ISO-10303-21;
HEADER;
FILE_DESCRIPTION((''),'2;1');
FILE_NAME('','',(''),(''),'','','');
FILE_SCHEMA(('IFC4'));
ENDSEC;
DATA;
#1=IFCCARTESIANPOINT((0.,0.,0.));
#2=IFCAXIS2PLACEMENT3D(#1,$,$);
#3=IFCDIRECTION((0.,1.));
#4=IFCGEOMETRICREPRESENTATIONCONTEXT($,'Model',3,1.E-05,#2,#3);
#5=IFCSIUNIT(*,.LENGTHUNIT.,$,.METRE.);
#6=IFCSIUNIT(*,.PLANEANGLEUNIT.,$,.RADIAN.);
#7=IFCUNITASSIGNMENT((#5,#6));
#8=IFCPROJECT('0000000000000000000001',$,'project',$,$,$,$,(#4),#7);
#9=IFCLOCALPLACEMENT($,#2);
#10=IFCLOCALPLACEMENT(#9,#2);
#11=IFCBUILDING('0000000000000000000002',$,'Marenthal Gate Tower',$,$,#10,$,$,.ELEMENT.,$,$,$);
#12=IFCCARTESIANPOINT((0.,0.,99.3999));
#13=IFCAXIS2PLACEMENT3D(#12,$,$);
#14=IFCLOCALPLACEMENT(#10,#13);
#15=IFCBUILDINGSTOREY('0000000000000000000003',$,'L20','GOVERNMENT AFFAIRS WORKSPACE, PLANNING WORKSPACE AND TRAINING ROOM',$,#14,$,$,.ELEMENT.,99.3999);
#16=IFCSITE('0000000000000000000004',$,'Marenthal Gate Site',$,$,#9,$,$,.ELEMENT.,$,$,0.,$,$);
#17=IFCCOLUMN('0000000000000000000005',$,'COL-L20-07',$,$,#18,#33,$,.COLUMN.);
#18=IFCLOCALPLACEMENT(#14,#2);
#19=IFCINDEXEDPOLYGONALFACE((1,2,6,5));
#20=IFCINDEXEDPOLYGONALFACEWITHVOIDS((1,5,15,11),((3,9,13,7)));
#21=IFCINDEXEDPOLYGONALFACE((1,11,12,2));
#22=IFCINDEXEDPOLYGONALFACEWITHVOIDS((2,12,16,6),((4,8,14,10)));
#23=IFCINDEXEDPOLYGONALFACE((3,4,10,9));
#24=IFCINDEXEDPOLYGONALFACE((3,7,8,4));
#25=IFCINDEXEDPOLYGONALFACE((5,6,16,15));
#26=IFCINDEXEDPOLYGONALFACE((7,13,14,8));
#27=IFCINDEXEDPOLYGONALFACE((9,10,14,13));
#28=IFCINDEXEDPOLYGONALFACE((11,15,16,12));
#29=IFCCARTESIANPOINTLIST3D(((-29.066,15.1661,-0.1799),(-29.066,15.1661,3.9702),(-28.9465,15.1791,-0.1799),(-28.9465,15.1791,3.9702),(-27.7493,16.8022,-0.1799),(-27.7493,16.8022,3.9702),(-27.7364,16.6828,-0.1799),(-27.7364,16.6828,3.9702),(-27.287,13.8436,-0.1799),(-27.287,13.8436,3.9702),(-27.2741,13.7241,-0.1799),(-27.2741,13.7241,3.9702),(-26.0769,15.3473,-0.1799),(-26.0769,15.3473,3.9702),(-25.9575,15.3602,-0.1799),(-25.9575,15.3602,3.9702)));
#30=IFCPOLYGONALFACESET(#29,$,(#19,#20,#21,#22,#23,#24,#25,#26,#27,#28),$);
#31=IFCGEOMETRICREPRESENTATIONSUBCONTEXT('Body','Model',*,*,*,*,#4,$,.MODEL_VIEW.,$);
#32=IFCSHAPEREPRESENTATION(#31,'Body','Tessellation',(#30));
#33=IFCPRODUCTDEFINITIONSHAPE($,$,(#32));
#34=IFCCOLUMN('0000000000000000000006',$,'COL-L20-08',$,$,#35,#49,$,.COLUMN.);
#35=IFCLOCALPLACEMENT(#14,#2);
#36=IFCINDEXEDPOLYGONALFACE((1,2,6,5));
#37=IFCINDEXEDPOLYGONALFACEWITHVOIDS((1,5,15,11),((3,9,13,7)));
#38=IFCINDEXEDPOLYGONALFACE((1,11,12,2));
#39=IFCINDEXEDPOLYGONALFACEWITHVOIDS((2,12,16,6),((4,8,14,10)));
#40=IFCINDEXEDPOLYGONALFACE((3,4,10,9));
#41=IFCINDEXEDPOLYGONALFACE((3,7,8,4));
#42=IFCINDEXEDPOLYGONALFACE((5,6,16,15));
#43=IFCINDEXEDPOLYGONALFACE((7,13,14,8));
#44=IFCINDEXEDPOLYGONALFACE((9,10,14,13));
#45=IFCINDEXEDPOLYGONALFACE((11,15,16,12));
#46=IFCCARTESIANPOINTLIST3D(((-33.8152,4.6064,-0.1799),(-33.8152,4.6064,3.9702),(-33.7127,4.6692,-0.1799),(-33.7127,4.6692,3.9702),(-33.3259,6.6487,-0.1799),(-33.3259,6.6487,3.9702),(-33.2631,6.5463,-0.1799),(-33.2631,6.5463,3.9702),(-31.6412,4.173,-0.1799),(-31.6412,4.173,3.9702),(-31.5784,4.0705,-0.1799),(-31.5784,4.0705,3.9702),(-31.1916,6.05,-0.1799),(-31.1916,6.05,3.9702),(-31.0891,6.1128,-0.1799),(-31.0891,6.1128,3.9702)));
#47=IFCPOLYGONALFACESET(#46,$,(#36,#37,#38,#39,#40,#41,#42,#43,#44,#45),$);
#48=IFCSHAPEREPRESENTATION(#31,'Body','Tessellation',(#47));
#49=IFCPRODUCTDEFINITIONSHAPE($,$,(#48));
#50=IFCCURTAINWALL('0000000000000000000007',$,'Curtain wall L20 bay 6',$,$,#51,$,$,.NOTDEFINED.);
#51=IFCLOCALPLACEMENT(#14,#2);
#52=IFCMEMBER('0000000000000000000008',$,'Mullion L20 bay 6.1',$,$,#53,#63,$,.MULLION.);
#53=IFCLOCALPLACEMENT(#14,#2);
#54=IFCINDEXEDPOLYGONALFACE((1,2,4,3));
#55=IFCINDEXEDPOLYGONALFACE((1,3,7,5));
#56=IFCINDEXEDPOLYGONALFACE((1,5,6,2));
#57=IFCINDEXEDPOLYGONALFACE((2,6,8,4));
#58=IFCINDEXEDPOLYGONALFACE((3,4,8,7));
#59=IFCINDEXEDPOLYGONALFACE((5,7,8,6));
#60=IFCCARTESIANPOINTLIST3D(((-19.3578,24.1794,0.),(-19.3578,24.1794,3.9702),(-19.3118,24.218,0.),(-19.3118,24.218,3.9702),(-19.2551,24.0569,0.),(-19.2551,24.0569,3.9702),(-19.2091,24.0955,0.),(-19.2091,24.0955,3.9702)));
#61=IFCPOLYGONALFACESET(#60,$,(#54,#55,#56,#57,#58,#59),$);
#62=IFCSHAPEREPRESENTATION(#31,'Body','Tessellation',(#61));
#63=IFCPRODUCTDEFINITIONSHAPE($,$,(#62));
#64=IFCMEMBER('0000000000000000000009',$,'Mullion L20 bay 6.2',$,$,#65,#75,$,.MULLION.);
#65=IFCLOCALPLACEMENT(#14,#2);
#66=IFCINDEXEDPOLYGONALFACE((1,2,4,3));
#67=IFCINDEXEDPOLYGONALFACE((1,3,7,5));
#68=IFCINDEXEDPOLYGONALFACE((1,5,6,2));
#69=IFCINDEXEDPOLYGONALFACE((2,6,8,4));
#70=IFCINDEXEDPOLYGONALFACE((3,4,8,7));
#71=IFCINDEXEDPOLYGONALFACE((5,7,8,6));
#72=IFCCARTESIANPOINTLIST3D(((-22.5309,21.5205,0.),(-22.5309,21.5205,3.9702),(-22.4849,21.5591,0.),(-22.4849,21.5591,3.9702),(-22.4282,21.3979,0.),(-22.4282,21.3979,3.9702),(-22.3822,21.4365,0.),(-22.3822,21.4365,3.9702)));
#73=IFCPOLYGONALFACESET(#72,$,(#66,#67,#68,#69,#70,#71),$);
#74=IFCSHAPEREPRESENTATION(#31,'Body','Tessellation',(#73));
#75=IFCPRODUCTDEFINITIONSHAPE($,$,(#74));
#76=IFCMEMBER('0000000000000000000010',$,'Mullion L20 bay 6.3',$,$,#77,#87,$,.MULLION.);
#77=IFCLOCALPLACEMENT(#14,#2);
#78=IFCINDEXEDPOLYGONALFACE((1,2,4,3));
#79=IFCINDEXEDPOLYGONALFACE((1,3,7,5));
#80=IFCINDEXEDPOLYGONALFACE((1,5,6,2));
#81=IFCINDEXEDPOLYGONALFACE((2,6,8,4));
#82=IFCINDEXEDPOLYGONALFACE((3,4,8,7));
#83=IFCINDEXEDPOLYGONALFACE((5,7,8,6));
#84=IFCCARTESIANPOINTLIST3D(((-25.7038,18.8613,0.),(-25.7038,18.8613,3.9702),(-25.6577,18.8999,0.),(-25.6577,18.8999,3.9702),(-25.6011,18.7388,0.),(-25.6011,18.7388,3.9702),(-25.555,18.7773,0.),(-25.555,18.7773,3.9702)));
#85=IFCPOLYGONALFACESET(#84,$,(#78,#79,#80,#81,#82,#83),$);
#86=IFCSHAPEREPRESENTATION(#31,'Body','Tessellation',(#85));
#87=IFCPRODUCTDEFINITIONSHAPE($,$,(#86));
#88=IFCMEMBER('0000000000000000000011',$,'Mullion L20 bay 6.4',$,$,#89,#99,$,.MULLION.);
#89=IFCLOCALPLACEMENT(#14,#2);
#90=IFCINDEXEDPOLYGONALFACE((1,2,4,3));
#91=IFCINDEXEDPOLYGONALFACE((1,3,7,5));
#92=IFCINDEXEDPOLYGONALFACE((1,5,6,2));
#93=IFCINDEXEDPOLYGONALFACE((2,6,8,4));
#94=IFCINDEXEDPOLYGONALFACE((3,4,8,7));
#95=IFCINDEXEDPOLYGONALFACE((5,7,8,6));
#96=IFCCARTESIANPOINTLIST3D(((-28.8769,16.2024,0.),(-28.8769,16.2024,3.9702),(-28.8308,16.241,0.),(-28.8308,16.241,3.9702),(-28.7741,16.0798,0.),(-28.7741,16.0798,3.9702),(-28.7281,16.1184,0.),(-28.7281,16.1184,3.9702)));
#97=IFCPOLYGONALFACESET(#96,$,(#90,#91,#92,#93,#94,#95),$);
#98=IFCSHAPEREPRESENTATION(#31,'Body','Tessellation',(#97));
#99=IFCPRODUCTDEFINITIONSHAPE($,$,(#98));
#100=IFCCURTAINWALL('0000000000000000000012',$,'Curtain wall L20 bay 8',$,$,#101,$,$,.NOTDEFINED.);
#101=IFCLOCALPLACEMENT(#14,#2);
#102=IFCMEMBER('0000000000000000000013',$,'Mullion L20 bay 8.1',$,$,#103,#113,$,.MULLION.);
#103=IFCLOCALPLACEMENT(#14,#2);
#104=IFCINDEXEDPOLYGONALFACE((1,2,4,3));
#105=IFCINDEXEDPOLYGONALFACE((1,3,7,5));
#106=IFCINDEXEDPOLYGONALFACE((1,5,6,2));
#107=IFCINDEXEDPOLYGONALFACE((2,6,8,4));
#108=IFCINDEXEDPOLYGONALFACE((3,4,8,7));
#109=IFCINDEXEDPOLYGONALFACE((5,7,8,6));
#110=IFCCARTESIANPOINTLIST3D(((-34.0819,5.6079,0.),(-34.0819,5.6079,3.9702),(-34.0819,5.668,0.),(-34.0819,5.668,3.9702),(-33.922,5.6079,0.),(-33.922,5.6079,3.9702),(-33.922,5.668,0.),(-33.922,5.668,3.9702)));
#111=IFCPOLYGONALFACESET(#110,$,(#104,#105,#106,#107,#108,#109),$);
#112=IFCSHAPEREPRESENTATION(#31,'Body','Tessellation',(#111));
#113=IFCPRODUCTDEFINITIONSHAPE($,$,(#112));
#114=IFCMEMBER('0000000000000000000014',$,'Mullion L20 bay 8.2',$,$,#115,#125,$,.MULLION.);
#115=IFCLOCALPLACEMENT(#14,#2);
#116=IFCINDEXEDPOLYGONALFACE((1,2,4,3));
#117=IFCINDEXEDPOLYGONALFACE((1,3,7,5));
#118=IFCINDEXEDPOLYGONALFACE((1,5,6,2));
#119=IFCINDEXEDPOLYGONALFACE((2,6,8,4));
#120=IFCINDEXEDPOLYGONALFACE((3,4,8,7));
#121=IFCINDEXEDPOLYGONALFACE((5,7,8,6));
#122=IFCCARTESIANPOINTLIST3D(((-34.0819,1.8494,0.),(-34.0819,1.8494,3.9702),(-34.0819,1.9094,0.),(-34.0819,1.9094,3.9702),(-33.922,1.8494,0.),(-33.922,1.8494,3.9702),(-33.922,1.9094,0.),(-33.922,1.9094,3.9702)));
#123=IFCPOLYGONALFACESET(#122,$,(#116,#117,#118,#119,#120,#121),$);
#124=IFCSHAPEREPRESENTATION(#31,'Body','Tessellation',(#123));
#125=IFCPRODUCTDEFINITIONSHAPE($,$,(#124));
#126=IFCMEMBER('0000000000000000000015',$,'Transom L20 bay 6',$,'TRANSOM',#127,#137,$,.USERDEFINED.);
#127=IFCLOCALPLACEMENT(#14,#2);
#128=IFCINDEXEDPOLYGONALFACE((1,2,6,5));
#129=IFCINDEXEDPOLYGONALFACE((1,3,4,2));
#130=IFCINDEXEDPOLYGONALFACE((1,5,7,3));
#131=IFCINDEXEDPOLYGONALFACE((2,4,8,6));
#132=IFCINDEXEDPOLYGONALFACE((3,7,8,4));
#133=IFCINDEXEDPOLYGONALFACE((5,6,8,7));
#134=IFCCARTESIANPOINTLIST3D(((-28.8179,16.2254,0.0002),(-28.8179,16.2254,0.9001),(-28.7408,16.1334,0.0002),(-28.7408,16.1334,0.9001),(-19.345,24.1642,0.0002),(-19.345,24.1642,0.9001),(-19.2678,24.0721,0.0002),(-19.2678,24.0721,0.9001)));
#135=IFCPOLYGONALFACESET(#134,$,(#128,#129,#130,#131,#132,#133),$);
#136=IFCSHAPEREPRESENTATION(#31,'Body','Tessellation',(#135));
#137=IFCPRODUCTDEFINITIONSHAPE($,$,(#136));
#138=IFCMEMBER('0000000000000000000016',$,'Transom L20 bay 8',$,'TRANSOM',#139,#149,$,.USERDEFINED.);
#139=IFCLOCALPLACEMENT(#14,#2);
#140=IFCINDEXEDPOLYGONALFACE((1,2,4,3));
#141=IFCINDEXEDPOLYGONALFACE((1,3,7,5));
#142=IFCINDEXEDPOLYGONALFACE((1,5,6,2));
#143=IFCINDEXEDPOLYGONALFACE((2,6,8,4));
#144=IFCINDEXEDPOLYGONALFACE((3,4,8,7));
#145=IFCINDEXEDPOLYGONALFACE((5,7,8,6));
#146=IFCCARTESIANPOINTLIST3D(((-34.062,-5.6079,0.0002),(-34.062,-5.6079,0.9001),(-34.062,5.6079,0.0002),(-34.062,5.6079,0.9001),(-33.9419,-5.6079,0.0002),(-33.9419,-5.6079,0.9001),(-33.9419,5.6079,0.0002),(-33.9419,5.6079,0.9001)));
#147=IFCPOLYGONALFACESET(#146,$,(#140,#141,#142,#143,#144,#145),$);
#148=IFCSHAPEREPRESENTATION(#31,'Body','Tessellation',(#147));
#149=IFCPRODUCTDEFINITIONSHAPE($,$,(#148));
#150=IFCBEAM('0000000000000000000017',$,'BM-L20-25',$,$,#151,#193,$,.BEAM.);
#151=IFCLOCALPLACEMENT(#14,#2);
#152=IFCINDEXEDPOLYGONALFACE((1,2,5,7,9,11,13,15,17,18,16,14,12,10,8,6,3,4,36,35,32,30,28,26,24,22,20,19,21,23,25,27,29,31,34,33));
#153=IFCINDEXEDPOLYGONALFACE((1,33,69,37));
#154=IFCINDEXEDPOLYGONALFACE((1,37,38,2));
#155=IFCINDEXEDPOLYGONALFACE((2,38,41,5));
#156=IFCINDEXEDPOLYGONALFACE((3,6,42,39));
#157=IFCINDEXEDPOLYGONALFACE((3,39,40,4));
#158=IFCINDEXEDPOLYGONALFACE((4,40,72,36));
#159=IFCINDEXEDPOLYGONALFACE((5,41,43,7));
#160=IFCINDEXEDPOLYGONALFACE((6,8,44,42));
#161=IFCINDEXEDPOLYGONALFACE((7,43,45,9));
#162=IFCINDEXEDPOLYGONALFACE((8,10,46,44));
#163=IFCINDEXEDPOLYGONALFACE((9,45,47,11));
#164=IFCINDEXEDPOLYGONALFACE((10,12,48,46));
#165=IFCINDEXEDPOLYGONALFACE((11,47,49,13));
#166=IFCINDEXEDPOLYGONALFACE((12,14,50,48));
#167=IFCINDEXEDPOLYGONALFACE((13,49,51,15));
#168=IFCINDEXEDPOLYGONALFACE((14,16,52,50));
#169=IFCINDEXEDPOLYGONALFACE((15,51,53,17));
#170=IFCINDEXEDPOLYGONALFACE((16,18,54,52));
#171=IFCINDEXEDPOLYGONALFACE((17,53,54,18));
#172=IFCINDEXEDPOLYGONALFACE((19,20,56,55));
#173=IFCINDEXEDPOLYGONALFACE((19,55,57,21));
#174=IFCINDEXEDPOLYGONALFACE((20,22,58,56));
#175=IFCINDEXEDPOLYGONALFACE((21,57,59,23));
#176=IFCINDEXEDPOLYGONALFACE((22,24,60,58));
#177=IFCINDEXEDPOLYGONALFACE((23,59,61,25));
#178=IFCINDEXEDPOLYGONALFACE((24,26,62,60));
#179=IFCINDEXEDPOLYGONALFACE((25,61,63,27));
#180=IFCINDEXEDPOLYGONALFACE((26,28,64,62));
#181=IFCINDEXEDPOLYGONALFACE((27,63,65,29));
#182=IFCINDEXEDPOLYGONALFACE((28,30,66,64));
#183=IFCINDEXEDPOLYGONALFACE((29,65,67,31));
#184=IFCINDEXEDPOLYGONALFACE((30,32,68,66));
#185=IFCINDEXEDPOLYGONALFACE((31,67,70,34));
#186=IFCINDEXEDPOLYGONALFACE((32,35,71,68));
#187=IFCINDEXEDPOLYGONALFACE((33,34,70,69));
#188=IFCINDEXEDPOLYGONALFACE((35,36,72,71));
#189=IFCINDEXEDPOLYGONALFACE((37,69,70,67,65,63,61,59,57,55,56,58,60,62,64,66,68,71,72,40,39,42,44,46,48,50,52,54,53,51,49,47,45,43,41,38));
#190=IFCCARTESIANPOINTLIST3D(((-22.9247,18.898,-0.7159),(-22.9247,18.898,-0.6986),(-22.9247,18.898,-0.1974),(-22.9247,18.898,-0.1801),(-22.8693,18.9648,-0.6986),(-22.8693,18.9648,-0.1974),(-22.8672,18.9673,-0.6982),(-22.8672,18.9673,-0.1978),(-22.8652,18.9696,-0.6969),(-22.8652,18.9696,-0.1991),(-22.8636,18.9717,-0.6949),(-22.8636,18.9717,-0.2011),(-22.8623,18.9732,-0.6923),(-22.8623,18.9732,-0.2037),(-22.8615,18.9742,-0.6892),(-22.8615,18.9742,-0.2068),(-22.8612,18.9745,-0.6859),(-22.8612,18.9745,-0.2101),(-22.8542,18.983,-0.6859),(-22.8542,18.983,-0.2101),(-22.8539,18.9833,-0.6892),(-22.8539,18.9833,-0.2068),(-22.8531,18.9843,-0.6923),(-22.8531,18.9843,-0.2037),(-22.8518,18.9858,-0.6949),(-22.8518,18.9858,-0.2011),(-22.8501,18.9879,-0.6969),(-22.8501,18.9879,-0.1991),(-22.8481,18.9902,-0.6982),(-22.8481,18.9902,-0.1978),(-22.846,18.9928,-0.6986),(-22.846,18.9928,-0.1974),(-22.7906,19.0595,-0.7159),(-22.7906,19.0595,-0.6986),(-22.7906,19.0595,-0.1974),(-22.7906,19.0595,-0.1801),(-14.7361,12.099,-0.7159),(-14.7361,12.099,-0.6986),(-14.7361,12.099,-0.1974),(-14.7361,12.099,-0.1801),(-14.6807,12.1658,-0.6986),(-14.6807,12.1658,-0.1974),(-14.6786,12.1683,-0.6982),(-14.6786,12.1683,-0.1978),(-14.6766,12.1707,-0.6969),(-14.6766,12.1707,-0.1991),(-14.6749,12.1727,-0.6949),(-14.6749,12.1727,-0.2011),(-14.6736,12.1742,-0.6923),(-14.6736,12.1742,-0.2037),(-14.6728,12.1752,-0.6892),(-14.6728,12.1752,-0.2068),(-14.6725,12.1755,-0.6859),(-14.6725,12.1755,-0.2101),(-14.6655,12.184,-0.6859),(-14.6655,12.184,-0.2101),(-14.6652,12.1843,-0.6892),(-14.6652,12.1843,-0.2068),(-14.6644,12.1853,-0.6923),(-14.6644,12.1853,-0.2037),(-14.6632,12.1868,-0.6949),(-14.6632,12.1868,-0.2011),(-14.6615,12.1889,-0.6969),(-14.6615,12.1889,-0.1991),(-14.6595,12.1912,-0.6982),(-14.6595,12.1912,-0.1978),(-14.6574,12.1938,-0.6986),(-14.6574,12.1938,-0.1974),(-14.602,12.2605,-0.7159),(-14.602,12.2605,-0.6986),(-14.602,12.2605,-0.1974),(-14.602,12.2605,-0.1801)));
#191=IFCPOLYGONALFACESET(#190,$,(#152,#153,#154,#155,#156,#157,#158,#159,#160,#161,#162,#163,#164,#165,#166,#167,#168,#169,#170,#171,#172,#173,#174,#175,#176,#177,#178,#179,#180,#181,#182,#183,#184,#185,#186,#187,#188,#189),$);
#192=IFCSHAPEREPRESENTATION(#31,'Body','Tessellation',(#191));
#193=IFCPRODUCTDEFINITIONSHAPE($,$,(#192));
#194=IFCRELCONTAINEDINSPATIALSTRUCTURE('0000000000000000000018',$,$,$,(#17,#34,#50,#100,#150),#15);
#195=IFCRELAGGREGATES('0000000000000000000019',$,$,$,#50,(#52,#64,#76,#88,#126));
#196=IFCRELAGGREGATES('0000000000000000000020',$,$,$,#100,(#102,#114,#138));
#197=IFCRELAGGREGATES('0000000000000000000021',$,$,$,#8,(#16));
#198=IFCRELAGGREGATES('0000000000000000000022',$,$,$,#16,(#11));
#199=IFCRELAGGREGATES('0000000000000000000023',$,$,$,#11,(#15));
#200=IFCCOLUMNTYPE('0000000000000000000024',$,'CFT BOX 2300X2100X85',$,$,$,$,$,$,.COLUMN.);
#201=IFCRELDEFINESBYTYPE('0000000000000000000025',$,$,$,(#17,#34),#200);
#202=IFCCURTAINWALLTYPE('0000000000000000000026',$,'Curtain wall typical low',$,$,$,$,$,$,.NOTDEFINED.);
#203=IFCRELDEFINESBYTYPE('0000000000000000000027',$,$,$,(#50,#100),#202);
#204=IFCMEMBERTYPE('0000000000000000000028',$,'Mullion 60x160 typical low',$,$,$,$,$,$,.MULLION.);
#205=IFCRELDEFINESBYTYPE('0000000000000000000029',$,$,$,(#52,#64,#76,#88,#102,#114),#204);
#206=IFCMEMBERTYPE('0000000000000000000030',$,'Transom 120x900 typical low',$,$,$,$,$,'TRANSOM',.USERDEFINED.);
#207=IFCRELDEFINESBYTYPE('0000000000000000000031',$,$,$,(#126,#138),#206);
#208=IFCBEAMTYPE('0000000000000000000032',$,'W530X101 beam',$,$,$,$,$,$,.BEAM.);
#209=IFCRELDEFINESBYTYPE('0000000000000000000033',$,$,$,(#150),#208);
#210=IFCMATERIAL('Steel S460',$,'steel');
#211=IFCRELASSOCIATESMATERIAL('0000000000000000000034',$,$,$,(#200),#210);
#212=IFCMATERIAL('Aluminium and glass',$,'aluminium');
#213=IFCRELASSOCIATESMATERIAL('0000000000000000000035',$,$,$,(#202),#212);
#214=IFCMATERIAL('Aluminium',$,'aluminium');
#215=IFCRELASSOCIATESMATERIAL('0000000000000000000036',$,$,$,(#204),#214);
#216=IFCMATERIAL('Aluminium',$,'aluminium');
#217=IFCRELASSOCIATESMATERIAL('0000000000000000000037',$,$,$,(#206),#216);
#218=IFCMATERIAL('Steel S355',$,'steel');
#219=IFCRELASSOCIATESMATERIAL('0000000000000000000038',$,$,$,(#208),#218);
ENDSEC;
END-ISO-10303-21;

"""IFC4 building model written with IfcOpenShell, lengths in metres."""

from ifc_helpers import new_model, si_unit, direction, frame, origin, origin_2d, place, context, subcontext, project, spatial, rectangle, hollow_rectangle, i_section, extrude, material, material_profile, profile_set, type_object, element, aggregate, save


model = new_model("IFC4")

# Units and contexts
model_context = context("Model", 3, precision=1e-05, world=origin(), true_north=direction((0.0, 1.0)))
body_context = subcontext(model_context, "Body", "Model", "MODEL_VIEW")
ifc_project = project(units=[si_unit("LENGTHUNIT", "METRE"), si_unit("PLANEANGLEUNIT", "RADIAN")], contexts=[model_context])

# Site, building, storey
site_placement = place(None, origin())
site = spatial("IfcSite", under=ifc_project, at=site_placement, Name="Marenthal Gate Site", CompositionType="ELEMENT", RefElevation=0.0)
building_placement = place(site_placement, origin())
building = spatial("IfcBuilding", under=site, at=building_placement, Name="Marenthal Gate Tower", CompositionType="ELEMENT")
storey_placement = place(building_placement, frame((0.0, 0.0, 99.3999)))
storey = spatial("IfcBuildingStorey", under=building, at=storey_placement, Name="L20", Description="GOVERNMENT AFFAIRS WORKSPACE, PLANNING WORKSPACE AND TRAINING ROOM", CompositionType="ELEMENT", Elevation=99.3999)

# Columns
ifc_material_1 = material(Name="Steel S460", Category="steel")
ifc_material_profile_1 = material_profile(ifc_material_1, hollow_rectangle(XDim=2.1001, YDim=2.3, WallThickness=0.085, at=origin_2d()), Name="CFT BOX 2300X2100X85")
ifc_material_2 = material(Name="Concrete 70 MPa", Category="concrete")
ifc_material_profile_2 = material_profile(ifc_material_2, rectangle(XDim=1.9299, YDim=2.1299, at=origin_2d()), Name="CFT BOX 2300X2100X85 INFILL")
ifc_profile_set_1 = profile_set([ifc_material_profile_1, ifc_material_profile_2], Name="Steel S460 shell, Concrete 70 MPa infill")
column_type = type_object("IfcColumnType", Name="CFT BOX 2300X2100X85", PredefinedType="COLUMN", material=ifc_profile_set_1)
for number, where, z_axis, x_axis, name in (
    (1, (-27.5117, 15.2632, -0.1799), (0.0, 0.0, 1.0), (0.626945, 0.779063, 0.0), "COL-L20-07"),
    (2, (-32.4521, 5.3596, -0.1799), (0.0, 0.0, 1.0), (0.232974, 0.972483, 0.0), "COL-L20-08"),
):
    element("IfcColumn", number, at=place(storey_placement, frame(where, z_axis=z_axis, x_axis=x_axis)), inside=storey, type_object=column_type, Name=name, PredefinedType="COLUMN", context=body_context, shape_type="SweptSolid", body=[
        extrude(hollow_rectangle(XDim=2.1001, YDim=2.3, WallThickness=0.085, at=origin_2d()), origin(), (0.0, 0.0, 1.0), 4.1501),
    ])

# Curtain walls, members
ifc_material_3 = material(Name="Aluminium and glass", Category="aluminium")
curtain_wall_type = type_object("IfcCurtainWallType", Name="Curtain wall typical low", PredefinedType="NOTDEFINED", material=ifc_material_3)
curtain_wall_1_placement = place(storey_placement, origin())
curtain_wall_1 = element("IfcCurtainWall", 3, at=curtain_wall_1_placement, inside=storey, type_object=curtain_wall_type, Name="Curtain wall L20 bay 6", PredefinedType="NOTDEFINED")
ifc_material_4 = material(Name="Aluminium", Category="aluminium")
ifc_material_profile_3 = material_profile(ifc_material_4, rectangle(XDim=0.1599, YDim=0.0601, at=origin_2d()), Name="60x160 aluminium mullion")
ifc_profile_set_2 = profile_set([ifc_material_profile_3], Name="Aluminium")
member_type_1 = type_object("IfcMemberType", Name="Mullion 60x160 typical low", PredefinedType="MULLION", material=ifc_profile_set_2)
member_1_placement = place(storey_placement, frame((-19.2834, 24.1375, 0.0), z_axis=(0.0, 0.0, 1.0), x_axis=(0.642308, -0.766447, 0.0)))
member_1 = element("IfcMember", 4, at=member_1_placement, type_object=member_type_1, Name="Mullion L20 bay 6.1", PredefinedType="MULLION", context=body_context, shape_type="SweptSolid", body=[
    extrude(rectangle(XDim=0.1599, YDim=0.0601, at=origin_2d()), origin(), (0.0, 0.0, 1.0), 3.9702),
])
member_2_placement = place(storey_placement, frame((-22.4565, 21.4785, 0.0), z_axis=(0.0, 0.0, 1.0), x_axis=(0.642308, -0.766447, 0.0)))
member_2 = element("IfcMember", 5, at=member_2_placement, type_object=member_type_1, Name="Mullion L20 bay 6.2", PredefinedType="MULLION", context=body_context, shape_type="SweptSolid", body=[
    extrude(rectangle(XDim=0.1599, YDim=0.0601, at=origin_2d()), origin(), (0.0, 0.0, 1.0), 3.9702),
])
member_3_placement = place(storey_placement, frame((-25.6294, 18.8193, 0.0), z_axis=(0.0, 0.0, 1.0), x_axis=(0.642308, -0.766447, 0.0)))
member_3 = element("IfcMember", 6, at=member_3_placement, type_object=member_type_1, Name="Mullion L20 bay 6.3", PredefinedType="MULLION", context=body_context, shape_type="SweptSolid", body=[
    extrude(rectangle(XDim=0.1599, YDim=0.0601, at=origin_2d()), origin(), (0.0, 0.0, 1.0), 3.9702),
])
member_4_placement = place(storey_placement, frame((-28.8025, 16.1604, 0.0), z_axis=(0.0, 0.0, 1.0), x_axis=(0.642308, -0.766447, 0.0)))
member_4 = element("IfcMember", 7, at=member_4_placement, type_object=member_type_1, Name="Mullion L20 bay 6.4", PredefinedType="MULLION", context=body_context, shape_type="SweptSolid", body=[
    extrude(rectangle(XDim=0.1599, YDim=0.0601, at=origin_2d()), origin(), (0.0, 0.0, 1.0), 3.9702),
])
curtain_wall_2_placement = place(storey_placement, origin())
curtain_wall_2 = element("IfcCurtainWall", 8, at=curtain_wall_2_placement, inside=storey, type_object=curtain_wall_type, Name="Curtain wall L20 bay 8", PredefinedType="NOTDEFINED")
member_5_placement = place(storey_placement, frame((-34.002, 5.6379, 0.0), z_axis=(0.0, 0.0, 1.0), x_axis=(1.0, 0.0, 0.0)))
member_5 = element("IfcMember", 9, at=member_5_placement, type_object=member_type_1, Name="Mullion L20 bay 8.1", PredefinedType="MULLION", context=body_context, shape_type="SweptSolid", body=[
    extrude(rectangle(XDim=0.1599, YDim=0.0601, at=origin_2d()), origin(), (0.0, 0.0, 1.0), 3.9702),
])
member_6_placement = place(storey_placement, frame((-34.002, 1.8794, 0.0), z_axis=(0.0, 0.0, 1.0), x_axis=(1.0, 0.0, 0.0)))
member_6 = element("IfcMember", 10, at=member_6_placement, type_object=member_type_1, Name="Mullion L20 bay 8.2", PredefinedType="MULLION", context=body_context, shape_type="SweptSolid", body=[
    extrude(rectangle(XDim=0.1599, YDim=0.0601, at=origin_2d()), origin(), (0.0, 0.0, 1.0), 3.9702),
])

# Members
ifc_material_5 = material(Name="Aluminium", Category="aluminium")
ifc_material_profile_4 = material_profile(ifc_material_5, rectangle(XDim=0.1201, YDim=0.8999, at=origin_2d()), Name="120x900 aluminium transom")
ifc_profile_set_3 = profile_set([ifc_material_profile_4], Name="Aluminium")
member_type_2 = type_object("IfcMemberType", Name="Transom 120x900 typical low", ElementType="TRANSOM", PredefinedType="USERDEFINED", material=ifc_profile_set_3)
member_7_placement = place(storey_placement, frame((-19.3064, 24.1182, 0.4502), z_axis=(-0.766442, -0.642313, 0.0), x_axis=(0.642313, -0.766442, 0.0)))
member_7 = element("IfcMember", 11, at=member_7_placement, type_object=member_type_2, Name="Transom L20 bay 6", ObjectType="TRANSOM", PredefinedType="USERDEFINED", context=body_context, shape_type="SweptSolid", body=[
    extrude(rectangle(XDim=0.1201, YDim=0.8999, at=origin_2d()), origin(), (0.0, 0.0, 1.0), 12.3596),
])
member_8_placement = place(storey_placement, frame((-34.002, 5.6079, 0.4502), z_axis=(0.0, -1.0, 0.0), x_axis=(1.0, 0.0, 0.0)))
member_8 = element("IfcMember", 12, at=member_8_placement, type_object=member_type_2, Name="Transom L20 bay 8", ObjectType="TRANSOM", PredefinedType="USERDEFINED", context=body_context, shape_type="SweptSolid", body=[
    extrude(rectangle(XDim=0.1201, YDim=0.8999, at=origin_2d()), origin(), (0.0, 0.0, 1.0), 11.2158),
])

# Beam
ifc_material_6 = material(Name="Steel S355", Category="steel")
ifc_material_profile_5 = material_profile(ifc_material_6, i_section(OverallWidth=0.21, OverallDepth=0.5359, WebThickness=0.011, FlangeThickness=0.0173, FilletRadius=0.0127, at=origin_2d()), Name="W530X101")
ifc_profile_set_4 = profile_set([ifc_material_profile_5], Name="Steel S355")
beam_type_1 = type_object("IfcBeamType", Name="W530X101 beam", PredefinedType="BEAM", material=ifc_profile_set_4)
beam_1_placement = place(storey_placement, frame((-22.8577, 18.9788, -0.448), z_axis=(0.769369, -0.638805, 0.0), x_axis=(0.638805, 0.769369, 0.0)))
element("IfcBeam", 13, at=beam_1_placement, inside=storey, type_object=beam_type_1, Name="BM-L20-25", PredefinedType="BEAM", context=body_context, shape_type="SweptSolid", body=[
    extrude(i_section(OverallWidth=0.21, OverallDepth=0.5359, WebThickness=0.011, FlangeThickness=0.0173, FilletRadius=0.0127, at=origin_2d()), origin(), (0.0, 0.0, 1.0), 10.6433),
])

aggregate(curtain_wall_1, [member_1, member_2, member_3, member_4, member_7])
aggregate(curtain_wall_2, [member_5, member_6, member_8])

save(model, "model.ifc")
